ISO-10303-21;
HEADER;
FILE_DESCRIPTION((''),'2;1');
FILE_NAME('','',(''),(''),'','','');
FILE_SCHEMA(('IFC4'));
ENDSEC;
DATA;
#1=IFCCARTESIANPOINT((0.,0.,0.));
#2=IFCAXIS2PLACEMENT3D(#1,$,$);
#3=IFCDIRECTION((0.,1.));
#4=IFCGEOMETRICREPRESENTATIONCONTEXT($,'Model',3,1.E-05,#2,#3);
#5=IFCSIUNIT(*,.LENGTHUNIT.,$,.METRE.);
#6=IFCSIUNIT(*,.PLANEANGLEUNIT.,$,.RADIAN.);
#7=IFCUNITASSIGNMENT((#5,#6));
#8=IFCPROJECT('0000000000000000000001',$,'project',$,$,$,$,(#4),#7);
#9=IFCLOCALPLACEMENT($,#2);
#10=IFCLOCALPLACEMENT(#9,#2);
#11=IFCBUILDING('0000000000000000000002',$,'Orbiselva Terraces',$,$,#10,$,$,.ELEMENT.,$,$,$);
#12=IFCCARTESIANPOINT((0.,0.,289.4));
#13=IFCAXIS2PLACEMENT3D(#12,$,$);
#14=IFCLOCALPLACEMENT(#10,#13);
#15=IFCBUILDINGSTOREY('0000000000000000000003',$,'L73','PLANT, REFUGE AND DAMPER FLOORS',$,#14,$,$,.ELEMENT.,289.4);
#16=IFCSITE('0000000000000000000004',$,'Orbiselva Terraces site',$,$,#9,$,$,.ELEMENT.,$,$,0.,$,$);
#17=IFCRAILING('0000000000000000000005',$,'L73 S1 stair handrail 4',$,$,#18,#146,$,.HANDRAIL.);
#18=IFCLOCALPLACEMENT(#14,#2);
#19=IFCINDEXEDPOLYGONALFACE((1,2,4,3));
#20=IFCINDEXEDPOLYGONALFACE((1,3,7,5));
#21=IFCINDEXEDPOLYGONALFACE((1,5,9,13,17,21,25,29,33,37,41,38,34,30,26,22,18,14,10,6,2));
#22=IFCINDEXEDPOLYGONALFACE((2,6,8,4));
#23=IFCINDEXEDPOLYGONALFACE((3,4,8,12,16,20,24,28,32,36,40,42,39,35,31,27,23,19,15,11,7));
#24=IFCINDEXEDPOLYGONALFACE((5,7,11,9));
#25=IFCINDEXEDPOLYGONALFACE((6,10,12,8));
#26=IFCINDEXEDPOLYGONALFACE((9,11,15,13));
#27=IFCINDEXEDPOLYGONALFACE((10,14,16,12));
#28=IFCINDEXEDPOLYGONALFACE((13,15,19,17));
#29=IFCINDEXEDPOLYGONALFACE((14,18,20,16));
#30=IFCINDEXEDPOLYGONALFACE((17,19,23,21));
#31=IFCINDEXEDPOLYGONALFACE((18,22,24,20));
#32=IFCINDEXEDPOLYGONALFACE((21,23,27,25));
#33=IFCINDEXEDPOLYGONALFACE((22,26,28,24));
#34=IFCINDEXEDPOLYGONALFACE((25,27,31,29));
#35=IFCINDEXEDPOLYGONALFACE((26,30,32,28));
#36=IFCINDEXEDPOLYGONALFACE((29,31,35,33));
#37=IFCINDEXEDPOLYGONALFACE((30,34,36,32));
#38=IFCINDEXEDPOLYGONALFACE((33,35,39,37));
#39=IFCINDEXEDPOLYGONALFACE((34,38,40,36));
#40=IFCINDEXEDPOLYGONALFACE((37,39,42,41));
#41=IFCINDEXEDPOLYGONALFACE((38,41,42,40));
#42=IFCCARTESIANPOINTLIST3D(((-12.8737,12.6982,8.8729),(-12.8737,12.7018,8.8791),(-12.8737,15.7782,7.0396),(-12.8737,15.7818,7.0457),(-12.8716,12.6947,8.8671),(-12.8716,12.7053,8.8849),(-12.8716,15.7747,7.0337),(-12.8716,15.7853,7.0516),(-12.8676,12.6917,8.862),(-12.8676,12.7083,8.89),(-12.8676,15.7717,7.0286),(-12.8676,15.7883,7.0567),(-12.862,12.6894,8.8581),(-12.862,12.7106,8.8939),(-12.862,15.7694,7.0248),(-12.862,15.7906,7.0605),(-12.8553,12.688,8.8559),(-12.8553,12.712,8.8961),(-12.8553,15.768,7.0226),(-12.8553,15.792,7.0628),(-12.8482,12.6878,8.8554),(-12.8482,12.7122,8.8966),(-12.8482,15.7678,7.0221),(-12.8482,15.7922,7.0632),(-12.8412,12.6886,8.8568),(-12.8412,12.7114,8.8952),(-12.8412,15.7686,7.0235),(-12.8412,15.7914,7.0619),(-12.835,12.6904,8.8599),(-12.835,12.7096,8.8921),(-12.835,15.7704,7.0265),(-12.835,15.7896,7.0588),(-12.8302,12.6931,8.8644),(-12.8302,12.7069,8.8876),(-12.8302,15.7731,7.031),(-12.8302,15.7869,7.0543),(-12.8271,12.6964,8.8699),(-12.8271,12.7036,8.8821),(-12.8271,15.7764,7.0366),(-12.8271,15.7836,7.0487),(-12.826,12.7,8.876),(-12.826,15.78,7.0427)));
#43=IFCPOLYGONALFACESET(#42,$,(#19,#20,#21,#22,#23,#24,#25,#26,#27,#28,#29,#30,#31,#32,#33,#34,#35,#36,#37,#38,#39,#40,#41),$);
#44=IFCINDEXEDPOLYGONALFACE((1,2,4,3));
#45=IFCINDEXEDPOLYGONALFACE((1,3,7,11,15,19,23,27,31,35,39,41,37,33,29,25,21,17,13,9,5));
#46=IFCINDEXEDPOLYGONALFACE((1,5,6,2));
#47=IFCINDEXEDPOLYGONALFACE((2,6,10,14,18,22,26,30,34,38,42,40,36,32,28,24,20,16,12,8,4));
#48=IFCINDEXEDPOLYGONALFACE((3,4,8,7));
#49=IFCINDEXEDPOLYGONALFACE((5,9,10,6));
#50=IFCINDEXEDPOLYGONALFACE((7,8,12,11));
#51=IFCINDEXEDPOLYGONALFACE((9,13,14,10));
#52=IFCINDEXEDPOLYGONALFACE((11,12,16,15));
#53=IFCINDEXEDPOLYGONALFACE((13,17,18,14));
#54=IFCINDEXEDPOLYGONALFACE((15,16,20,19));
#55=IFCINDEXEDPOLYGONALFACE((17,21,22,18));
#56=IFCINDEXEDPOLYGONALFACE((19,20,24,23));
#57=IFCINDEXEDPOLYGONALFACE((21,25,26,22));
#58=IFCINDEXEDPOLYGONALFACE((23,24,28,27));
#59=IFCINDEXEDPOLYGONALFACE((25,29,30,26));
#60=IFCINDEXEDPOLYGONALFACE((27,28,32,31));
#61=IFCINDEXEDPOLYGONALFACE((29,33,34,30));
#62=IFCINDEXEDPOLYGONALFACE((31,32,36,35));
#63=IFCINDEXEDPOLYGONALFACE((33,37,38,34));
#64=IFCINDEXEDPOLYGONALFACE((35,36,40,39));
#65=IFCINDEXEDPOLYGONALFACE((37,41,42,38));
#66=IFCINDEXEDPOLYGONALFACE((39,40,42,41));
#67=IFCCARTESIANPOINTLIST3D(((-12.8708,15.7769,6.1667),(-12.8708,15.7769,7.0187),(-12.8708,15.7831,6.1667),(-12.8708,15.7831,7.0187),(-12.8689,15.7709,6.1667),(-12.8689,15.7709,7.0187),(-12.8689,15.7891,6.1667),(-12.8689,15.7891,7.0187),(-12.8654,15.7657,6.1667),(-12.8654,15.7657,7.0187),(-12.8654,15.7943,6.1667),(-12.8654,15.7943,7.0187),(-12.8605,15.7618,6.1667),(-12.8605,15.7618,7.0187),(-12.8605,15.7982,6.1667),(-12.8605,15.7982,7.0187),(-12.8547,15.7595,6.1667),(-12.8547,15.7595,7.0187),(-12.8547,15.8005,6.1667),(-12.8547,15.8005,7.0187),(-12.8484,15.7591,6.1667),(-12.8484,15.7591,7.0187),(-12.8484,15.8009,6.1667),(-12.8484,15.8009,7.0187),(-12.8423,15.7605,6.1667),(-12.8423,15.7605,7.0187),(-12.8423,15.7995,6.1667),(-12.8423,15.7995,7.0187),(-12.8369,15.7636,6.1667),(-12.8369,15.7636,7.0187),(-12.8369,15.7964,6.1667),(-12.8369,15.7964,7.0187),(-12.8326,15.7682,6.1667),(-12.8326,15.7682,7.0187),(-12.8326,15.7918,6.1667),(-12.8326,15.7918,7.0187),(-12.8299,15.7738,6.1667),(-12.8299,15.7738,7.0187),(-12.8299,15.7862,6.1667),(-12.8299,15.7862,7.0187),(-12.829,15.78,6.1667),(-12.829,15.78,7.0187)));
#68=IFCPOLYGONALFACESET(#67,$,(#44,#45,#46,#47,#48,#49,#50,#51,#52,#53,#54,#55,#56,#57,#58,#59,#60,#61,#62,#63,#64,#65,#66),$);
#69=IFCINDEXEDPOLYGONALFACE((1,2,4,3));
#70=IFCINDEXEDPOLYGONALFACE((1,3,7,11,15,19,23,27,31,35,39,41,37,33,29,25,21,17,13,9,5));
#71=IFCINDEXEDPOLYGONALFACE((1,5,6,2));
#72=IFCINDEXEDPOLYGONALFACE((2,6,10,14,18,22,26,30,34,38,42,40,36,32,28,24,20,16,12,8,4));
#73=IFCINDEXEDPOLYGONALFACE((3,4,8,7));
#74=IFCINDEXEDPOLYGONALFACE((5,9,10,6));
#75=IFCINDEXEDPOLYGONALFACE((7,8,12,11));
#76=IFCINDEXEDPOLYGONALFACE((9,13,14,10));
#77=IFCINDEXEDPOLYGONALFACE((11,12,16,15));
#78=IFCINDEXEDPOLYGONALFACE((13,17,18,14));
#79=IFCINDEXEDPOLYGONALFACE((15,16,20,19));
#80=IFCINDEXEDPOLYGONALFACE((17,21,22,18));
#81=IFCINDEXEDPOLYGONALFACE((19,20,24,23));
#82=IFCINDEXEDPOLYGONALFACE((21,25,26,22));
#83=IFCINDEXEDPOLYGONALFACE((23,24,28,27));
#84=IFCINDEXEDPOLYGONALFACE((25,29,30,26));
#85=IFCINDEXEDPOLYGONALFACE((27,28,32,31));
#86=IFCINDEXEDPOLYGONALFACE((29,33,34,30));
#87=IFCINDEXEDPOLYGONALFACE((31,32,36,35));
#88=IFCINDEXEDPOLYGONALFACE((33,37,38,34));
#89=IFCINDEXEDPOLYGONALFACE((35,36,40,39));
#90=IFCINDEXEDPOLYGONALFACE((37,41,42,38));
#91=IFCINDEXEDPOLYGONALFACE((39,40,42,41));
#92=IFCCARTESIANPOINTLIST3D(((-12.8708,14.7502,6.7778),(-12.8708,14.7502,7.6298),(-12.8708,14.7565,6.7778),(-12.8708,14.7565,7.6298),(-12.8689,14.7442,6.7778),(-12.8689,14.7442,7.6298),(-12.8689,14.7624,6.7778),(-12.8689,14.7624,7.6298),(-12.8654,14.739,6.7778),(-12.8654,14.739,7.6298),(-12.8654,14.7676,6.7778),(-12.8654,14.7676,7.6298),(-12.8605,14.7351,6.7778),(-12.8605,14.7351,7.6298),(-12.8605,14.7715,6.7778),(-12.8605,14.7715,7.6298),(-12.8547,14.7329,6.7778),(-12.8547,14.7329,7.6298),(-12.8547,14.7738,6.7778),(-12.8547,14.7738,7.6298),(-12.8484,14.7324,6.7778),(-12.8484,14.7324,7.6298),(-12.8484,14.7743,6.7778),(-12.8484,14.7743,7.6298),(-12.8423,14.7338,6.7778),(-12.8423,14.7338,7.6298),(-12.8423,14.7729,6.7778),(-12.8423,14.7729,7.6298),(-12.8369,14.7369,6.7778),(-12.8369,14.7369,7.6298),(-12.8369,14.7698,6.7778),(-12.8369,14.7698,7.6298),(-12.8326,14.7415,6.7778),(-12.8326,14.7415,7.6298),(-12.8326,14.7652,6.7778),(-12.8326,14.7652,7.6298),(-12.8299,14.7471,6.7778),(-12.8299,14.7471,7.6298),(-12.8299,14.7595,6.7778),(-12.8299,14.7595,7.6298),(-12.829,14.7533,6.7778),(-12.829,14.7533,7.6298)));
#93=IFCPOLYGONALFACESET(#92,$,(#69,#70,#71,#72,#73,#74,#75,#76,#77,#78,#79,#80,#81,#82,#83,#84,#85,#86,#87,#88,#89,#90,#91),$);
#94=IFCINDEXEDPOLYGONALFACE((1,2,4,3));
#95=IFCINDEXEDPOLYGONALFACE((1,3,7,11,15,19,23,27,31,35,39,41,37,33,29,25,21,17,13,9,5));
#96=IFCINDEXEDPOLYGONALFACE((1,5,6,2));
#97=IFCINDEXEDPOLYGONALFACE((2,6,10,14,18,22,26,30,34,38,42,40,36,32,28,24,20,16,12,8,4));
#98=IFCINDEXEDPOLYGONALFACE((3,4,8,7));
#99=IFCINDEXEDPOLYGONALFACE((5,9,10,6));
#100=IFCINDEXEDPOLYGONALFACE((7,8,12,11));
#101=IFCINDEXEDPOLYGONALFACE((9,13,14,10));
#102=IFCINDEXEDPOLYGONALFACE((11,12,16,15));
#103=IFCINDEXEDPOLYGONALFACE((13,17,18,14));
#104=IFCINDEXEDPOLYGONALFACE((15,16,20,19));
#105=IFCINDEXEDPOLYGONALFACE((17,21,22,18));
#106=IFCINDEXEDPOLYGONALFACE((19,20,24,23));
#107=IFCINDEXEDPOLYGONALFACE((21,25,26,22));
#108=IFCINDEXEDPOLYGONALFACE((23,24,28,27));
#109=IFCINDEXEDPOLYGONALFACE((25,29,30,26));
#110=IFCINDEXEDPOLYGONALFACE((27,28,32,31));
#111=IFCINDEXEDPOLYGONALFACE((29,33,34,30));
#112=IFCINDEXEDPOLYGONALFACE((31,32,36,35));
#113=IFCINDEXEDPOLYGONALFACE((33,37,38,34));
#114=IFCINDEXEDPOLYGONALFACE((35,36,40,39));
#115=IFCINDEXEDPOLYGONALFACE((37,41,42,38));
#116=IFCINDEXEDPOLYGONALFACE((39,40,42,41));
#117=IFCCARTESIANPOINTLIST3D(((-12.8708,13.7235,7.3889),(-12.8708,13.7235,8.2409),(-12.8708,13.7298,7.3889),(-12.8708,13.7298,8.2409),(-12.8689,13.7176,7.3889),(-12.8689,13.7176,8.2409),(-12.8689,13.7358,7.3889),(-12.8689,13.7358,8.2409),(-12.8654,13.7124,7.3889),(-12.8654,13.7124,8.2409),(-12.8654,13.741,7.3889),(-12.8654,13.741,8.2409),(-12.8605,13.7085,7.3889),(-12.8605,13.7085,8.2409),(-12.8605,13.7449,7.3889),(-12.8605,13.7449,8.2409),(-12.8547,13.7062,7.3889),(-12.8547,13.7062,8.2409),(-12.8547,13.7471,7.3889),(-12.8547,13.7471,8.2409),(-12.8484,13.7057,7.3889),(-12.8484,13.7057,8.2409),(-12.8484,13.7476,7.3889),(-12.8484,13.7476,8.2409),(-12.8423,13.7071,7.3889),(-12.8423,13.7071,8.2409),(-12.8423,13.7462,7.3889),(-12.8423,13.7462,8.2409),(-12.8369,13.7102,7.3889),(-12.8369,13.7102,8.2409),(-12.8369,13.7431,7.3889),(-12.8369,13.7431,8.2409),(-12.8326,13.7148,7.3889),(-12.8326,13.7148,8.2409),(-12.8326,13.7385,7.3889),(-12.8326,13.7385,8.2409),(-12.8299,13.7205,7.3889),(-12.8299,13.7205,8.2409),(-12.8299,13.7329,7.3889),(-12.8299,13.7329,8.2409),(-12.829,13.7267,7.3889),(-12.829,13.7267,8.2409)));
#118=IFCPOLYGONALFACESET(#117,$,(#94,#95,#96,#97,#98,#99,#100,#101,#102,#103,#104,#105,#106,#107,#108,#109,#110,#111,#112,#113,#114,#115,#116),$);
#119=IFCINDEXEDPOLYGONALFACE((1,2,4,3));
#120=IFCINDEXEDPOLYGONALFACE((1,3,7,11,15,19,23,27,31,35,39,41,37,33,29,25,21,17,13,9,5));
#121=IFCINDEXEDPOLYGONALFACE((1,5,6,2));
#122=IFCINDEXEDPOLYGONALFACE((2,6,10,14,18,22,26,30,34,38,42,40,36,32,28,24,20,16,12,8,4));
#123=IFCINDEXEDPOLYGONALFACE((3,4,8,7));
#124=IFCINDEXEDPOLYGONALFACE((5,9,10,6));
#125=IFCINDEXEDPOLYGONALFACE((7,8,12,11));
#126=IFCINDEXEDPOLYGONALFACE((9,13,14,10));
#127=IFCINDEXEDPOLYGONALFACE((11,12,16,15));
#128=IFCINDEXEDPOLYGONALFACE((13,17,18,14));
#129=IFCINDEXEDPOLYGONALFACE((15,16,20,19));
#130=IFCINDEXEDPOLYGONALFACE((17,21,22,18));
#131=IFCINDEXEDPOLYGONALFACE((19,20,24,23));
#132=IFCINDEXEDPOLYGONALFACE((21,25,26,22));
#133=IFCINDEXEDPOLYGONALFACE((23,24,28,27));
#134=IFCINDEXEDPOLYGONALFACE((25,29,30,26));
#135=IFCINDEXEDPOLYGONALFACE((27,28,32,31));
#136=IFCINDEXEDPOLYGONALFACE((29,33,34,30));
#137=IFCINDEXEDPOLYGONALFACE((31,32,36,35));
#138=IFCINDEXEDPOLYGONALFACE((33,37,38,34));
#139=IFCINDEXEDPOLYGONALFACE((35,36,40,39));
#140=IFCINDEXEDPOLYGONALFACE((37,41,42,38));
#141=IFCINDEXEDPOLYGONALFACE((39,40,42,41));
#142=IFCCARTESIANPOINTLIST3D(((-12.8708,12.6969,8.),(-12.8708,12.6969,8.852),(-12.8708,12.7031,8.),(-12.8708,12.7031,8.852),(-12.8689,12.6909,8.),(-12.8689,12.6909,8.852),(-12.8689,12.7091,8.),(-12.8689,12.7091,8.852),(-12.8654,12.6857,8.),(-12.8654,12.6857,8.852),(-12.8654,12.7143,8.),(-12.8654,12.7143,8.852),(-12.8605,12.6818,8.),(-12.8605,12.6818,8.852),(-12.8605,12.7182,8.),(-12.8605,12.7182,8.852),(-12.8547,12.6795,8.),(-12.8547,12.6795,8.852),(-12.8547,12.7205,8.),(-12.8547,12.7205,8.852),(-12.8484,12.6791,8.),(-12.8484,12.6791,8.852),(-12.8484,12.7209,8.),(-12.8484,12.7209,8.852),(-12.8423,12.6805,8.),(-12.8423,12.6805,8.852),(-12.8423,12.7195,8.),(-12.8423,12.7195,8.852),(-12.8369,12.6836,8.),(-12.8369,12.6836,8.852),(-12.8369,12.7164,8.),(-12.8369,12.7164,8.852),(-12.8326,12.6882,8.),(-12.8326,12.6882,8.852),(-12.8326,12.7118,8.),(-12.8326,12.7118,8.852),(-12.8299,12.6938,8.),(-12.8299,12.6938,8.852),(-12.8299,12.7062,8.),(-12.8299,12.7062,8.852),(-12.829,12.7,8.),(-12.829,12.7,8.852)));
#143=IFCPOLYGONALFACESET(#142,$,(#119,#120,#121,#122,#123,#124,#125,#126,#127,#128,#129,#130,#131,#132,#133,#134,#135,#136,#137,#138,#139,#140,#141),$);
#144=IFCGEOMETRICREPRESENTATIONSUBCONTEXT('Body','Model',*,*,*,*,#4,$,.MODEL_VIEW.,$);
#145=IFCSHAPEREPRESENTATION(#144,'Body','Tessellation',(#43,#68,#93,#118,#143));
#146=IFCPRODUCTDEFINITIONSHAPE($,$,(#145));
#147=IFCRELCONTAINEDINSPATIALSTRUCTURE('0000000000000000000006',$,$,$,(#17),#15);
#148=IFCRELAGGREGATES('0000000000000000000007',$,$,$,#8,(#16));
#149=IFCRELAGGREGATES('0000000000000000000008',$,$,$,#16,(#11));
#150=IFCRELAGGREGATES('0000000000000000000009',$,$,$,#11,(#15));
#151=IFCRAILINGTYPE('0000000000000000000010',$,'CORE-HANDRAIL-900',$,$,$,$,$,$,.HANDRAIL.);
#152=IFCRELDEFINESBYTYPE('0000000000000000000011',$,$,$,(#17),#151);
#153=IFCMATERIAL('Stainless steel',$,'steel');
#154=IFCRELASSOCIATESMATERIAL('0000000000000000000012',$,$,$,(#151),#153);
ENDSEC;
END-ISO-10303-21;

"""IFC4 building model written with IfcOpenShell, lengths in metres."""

from ifc_helpers import new_model, si_unit, direction, frame, origin, origin_2d, place, context, subcontext, project, spatial, circle, extrude, material, type_object, element, save


model = new_model("IFC4")

# Units and contexts
model_context = context("Model", 3, precision=1e-05, world=origin(), true_north=direction((0.0, 1.0)))
body_context = subcontext(model_context, "Body", "Model", "MODEL_VIEW")
ifc_project = project(units=[si_unit("LENGTHUNIT", "METRE"), si_unit("PLANEANGLEUNIT", "RADIAN")], contexts=[model_context])

# Site, building, storey
site_placement = place(None, origin())
site = spatial("IfcSite", under=ifc_project, at=site_placement, Name="Orbiselva Terraces site", CompositionType="ELEMENT", RefElevation=0.0)
building_placement = place(site_placement, origin())
building = spatial("IfcBuilding", under=site, at=building_placement, Name="Orbiselva Terraces", CompositionType="ELEMENT")
storey_placement = place(building_placement, frame((0.0, 0.0, 289.4)))
storey = spatial("IfcBuildingStorey", under=building, at=storey_placement, Name="L73", Description="PLANT, REFUGE AND DAMPER FLOORS", CompositionType="ELEMENT", Elevation=289.4)

# Railing
ifc_material_1 = material(Name="Stainless steel", Category="steel")
railing_type_1 = type_object("IfcRailingType", Name="CORE-HANDRAIL-900", PredefinedType="HANDRAIL", material=ifc_material_1)
railing_1_placement = place(storey_placement, frame((-12.85, 15.78, 6.1667)))
element("IfcRailing", 1, at=railing_1_placement, inside=storey, type_object=railing_type_1, Name="L73 S1 stair handrail 4", PredefinedType="HANDRAIL", context=body_context, shape_type="SweptSolid", body=[
    extrude(circle(Radius=0.024, at=origin_2d()), frame((0.0, 0.0, 0.876), z_axis=(0.0, -0.859293, 0.511484), x_axis=(1.0, 0.0, 0.0)), (0.0, 0.0, 1.0), 3.5843),
    extrude(circle(Radius=0.021, at=origin_2d()), origin(), (0.0, 0.0, 1.0), 0.852),
    extrude(circle(Radius=0.021, at=origin_2d()), frame((0.0, -1.0267, 0.6111)), (0.0, 0.0, 1.0), 0.852),
    extrude(circle(Radius=0.021, at=origin_2d()), frame((0.0, -2.0533, 1.2222)), (0.0, 0.0, 1.0), 0.852),
    extrude(circle(Radius=0.021, at=origin_2d()), frame((0.0, -3.08, 1.8333)), (0.0, 0.0, 1.0), 0.852),
])

save(model, "model.ifc")
